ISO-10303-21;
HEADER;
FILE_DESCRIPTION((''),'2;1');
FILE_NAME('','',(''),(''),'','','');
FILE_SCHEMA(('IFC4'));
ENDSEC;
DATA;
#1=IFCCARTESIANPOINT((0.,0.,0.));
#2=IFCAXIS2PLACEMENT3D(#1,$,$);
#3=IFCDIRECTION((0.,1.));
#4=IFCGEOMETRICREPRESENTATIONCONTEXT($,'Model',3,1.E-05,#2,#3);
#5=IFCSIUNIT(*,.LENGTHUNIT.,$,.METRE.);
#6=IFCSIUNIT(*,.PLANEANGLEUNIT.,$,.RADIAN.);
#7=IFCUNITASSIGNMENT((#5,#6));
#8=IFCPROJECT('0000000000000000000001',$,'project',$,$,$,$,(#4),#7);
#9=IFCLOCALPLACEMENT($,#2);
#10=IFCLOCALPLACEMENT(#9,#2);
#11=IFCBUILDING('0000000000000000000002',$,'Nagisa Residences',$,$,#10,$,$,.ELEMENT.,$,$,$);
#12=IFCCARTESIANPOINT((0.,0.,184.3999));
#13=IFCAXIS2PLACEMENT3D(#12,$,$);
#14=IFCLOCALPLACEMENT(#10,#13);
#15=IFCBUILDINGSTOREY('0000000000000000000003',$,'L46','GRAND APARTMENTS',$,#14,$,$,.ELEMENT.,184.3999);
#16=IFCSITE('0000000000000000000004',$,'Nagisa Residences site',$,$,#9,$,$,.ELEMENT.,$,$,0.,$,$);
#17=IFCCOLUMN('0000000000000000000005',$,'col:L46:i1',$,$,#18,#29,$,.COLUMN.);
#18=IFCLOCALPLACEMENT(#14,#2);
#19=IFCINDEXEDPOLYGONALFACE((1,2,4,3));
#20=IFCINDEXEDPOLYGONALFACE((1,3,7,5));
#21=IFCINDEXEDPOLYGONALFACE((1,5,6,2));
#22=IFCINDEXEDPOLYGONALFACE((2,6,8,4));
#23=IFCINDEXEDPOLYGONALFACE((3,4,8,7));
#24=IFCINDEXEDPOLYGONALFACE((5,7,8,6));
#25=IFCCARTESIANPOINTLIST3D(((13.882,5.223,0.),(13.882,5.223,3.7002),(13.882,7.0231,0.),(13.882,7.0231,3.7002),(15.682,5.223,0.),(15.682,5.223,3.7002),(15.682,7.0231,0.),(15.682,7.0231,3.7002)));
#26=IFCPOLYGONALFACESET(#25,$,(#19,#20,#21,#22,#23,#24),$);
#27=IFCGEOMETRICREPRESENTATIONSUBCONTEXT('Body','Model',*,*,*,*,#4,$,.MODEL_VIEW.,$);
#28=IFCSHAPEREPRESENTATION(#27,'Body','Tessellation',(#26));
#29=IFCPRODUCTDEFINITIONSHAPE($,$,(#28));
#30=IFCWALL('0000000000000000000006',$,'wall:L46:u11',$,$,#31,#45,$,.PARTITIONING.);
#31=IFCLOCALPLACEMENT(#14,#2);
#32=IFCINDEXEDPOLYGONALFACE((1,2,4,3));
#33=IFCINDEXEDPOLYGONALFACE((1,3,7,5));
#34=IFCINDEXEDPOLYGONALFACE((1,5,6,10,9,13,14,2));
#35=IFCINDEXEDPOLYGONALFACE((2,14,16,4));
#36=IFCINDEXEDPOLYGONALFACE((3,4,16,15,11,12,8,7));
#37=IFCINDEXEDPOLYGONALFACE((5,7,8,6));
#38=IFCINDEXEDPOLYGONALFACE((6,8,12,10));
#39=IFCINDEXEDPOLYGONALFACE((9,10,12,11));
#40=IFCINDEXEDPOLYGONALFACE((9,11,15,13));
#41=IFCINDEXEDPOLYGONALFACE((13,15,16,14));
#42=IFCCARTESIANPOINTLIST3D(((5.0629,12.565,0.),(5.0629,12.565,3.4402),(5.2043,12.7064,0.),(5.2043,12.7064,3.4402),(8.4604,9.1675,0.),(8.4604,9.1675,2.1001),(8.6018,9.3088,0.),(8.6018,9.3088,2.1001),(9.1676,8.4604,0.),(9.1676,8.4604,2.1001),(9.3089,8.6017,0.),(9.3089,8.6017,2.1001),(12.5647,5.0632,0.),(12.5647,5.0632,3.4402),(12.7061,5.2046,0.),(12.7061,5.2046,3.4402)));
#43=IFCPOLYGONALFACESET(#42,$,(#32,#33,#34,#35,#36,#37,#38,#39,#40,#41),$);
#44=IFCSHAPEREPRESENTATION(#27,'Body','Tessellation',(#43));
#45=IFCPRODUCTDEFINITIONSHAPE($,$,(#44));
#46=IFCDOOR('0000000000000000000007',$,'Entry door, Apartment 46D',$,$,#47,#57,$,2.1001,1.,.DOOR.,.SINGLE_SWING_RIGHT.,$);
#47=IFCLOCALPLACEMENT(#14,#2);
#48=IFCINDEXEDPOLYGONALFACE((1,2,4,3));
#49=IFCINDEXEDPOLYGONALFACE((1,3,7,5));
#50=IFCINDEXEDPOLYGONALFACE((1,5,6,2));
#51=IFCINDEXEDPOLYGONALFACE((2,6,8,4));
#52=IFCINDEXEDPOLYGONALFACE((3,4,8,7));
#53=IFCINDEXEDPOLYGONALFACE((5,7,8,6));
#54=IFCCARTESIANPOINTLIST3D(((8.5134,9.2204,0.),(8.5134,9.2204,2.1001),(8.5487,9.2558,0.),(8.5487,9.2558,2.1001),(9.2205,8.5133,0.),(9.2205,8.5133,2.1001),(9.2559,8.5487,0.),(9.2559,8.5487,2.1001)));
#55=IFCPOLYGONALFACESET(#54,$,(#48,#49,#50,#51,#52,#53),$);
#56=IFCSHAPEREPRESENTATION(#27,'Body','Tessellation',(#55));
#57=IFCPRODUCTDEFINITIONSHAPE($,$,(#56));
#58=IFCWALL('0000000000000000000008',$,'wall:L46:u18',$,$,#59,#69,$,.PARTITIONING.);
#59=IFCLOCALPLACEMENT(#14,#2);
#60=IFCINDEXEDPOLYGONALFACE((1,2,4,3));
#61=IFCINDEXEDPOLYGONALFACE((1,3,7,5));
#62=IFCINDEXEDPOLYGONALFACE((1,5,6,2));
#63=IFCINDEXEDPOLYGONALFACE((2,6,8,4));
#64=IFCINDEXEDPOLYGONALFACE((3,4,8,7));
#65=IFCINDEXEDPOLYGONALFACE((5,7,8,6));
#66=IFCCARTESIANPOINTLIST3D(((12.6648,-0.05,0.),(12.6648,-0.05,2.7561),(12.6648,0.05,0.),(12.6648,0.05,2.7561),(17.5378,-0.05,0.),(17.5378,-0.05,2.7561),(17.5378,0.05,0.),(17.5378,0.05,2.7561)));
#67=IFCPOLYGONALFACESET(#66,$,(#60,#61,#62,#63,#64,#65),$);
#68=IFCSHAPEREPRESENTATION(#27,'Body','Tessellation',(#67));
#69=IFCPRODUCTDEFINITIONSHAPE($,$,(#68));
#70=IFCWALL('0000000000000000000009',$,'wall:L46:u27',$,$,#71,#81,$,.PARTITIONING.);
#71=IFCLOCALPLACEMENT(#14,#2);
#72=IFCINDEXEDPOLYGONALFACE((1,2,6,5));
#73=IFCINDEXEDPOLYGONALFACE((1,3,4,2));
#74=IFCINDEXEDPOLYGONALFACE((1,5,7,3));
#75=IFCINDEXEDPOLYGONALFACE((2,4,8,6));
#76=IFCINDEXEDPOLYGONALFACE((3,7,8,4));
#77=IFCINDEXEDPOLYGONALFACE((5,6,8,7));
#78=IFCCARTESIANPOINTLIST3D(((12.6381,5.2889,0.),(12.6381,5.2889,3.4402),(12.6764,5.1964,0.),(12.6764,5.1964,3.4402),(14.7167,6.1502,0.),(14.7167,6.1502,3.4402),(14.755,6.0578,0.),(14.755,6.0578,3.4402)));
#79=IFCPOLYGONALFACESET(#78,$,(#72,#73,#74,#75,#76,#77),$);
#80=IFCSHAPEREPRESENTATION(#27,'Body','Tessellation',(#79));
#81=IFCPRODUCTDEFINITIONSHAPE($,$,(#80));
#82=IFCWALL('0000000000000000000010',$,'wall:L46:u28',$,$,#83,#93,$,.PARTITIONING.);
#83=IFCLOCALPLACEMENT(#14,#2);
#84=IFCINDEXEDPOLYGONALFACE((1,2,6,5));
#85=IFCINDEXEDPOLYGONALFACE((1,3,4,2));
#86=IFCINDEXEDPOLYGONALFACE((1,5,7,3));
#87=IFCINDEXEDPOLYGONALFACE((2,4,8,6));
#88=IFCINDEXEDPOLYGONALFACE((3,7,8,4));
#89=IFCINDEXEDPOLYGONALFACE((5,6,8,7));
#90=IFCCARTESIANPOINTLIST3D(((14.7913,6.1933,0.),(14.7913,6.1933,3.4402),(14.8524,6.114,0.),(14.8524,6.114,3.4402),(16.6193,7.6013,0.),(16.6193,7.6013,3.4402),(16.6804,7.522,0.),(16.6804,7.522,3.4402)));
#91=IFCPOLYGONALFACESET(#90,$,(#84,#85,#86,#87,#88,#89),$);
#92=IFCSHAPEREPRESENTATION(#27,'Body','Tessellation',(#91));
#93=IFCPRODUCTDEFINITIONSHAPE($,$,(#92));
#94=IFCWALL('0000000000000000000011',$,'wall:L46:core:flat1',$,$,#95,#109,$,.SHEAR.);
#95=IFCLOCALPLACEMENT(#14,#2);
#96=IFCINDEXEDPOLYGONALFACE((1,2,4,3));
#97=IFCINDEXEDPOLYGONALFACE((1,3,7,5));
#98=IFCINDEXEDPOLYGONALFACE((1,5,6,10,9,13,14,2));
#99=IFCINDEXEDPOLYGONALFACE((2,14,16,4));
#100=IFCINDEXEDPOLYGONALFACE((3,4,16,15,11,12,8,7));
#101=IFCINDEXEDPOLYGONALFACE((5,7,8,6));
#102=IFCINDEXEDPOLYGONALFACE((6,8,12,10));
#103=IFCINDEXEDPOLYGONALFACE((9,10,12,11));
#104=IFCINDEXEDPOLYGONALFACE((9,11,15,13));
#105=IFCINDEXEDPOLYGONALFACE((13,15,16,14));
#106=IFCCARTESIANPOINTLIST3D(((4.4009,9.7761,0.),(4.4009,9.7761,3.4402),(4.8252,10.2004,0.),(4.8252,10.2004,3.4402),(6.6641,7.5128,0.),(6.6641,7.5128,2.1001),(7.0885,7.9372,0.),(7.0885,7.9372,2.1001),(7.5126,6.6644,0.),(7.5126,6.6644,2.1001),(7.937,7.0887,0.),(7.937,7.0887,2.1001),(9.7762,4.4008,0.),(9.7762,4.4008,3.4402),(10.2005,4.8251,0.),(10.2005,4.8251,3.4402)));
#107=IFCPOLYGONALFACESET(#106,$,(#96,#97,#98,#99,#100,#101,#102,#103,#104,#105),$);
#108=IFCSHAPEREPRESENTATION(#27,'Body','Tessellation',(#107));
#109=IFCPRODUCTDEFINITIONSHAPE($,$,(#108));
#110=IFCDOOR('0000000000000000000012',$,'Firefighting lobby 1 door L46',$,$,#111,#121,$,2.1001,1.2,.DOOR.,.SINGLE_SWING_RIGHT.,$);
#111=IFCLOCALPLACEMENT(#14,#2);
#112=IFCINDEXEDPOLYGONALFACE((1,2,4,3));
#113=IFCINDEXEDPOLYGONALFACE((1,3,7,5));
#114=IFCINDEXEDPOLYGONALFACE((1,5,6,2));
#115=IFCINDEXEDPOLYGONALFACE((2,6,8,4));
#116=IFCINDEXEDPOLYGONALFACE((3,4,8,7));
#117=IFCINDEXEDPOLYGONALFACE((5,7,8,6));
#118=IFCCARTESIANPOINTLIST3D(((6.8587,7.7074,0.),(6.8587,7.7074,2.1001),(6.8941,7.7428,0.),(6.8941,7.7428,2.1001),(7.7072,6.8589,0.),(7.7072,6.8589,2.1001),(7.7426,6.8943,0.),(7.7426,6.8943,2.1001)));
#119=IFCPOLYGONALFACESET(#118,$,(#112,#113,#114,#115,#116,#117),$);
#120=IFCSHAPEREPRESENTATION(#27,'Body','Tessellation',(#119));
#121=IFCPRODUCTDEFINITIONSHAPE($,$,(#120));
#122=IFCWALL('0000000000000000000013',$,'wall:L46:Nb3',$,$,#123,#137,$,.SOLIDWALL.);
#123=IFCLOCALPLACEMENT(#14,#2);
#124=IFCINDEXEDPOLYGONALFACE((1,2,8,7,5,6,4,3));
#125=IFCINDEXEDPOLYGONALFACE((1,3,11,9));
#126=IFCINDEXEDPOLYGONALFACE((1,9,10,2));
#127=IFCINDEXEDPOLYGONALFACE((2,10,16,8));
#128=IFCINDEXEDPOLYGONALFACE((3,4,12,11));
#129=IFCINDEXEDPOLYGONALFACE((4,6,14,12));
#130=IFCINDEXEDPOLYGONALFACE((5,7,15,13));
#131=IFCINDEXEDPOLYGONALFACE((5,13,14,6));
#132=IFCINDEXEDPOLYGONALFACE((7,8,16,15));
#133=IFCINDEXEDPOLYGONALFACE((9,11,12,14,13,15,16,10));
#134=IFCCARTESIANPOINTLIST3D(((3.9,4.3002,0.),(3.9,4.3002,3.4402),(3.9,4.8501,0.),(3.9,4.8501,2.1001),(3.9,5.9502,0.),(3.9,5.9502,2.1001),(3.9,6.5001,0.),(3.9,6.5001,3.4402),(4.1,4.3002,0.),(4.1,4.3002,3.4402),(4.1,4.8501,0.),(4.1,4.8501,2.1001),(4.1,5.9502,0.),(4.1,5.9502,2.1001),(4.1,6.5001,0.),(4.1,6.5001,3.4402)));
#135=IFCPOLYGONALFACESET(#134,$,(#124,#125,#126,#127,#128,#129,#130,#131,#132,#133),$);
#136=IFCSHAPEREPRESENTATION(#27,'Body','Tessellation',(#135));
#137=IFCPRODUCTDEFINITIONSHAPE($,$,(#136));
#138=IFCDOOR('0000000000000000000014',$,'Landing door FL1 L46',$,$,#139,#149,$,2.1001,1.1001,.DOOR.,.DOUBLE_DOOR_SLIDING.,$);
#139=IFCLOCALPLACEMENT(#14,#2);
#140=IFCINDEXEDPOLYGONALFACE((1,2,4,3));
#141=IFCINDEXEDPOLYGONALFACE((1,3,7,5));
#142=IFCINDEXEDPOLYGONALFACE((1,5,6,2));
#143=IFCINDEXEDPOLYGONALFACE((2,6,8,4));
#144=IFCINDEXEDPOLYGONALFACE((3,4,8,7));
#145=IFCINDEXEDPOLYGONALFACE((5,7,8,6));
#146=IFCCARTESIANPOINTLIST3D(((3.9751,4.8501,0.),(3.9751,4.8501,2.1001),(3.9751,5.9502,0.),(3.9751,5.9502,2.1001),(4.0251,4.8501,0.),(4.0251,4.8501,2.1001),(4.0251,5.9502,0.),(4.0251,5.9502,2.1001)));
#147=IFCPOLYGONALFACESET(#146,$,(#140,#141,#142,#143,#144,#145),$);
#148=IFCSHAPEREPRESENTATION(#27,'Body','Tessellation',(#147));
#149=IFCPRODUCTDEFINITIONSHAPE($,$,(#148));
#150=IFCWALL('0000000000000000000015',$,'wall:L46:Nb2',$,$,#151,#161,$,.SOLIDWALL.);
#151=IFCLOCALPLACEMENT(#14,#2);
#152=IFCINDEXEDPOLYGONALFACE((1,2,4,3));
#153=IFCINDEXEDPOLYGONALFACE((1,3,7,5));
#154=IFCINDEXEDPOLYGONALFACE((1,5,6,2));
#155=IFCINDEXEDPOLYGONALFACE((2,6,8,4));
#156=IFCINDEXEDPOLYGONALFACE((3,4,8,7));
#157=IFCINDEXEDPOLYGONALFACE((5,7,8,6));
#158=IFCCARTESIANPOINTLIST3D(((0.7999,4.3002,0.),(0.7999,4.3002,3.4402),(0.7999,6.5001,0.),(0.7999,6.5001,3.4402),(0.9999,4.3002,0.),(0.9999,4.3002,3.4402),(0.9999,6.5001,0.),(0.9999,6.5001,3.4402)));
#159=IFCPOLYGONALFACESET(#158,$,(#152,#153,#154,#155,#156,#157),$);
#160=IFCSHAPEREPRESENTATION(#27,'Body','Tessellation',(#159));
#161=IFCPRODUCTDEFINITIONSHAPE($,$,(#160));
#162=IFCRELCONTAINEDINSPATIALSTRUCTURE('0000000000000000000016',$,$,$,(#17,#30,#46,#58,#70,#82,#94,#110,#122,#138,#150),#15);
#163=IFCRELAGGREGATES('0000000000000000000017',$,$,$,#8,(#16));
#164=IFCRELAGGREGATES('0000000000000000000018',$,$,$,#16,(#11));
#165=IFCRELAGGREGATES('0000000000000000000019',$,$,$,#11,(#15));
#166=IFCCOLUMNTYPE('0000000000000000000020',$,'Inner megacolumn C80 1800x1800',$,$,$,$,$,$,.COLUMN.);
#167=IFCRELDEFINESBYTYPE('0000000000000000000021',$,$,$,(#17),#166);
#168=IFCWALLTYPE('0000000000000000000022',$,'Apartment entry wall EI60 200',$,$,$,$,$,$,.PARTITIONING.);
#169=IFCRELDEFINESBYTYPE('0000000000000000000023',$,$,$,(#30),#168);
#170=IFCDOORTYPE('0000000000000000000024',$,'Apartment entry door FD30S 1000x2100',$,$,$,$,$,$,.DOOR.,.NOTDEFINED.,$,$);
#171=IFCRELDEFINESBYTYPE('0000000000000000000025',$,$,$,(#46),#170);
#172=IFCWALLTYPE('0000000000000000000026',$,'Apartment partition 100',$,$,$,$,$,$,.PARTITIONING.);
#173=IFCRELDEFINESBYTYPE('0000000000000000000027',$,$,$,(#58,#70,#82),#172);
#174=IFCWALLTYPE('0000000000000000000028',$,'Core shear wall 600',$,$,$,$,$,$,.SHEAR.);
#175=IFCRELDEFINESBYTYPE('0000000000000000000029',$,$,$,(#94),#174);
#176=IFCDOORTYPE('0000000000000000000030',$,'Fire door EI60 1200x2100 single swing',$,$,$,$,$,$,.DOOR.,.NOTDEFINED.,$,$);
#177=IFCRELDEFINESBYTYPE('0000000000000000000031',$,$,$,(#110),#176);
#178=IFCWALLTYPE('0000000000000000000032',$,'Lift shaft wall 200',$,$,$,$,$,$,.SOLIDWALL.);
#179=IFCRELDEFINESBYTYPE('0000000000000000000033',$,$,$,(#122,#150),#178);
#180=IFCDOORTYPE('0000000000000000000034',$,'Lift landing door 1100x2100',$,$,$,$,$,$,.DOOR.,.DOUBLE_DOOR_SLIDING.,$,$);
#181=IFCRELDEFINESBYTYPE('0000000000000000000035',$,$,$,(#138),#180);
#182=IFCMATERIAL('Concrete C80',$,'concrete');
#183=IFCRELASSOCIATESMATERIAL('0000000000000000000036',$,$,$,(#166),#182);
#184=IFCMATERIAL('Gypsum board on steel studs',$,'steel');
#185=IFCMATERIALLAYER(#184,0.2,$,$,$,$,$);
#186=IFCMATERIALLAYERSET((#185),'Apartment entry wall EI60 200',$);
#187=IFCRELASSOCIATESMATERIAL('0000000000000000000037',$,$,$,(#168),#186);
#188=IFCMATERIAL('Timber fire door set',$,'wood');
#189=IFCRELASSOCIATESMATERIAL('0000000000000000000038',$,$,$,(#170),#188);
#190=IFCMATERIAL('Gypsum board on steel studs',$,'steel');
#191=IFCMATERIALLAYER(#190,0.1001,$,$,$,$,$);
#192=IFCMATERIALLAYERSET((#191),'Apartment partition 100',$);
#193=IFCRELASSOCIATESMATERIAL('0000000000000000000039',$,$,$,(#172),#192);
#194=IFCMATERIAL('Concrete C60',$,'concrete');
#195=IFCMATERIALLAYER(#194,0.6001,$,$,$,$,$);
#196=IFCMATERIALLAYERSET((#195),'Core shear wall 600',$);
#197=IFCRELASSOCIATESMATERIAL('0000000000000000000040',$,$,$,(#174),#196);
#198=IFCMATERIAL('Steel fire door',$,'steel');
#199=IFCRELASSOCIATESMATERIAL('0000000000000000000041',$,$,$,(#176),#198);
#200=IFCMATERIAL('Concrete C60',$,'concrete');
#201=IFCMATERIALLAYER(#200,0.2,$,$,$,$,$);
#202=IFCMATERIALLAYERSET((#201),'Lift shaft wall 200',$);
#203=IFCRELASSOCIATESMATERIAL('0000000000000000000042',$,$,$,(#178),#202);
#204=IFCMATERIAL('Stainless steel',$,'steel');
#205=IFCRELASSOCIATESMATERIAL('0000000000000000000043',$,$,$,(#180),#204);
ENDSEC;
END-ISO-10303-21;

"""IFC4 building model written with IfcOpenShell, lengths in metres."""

from ifc_helpers import new_model, si_unit, direction, frame, frame_2d, origin, origin_2d, place, context, subcontext, project, spatial, rectangle, extrude, material, layer, layer_set, material_profile, profile_set, type_object, element, fill, save


model = new_model("IFC4")

# Units and contexts
model_context = context("Model", 3, precision=1e-05, world=origin(), true_north=direction((0.0, 1.0)))
body_context = subcontext(model_context, "Body", "Model", "MODEL_VIEW")
ifc_project = project(units=[si_unit("LENGTHUNIT", "METRE"), si_unit("PLANEANGLEUNIT", "RADIAN")], contexts=[model_context])

# Site, building, storey
site_placement = place(None, origin())
site = spatial("IfcSite", under=ifc_project, at=site_placement, Name="Nagisa Residences site", CompositionType="ELEMENT", RefElevation=0.0)
building_placement = place(site_placement, origin())
building = spatial("IfcBuilding", under=site, at=building_placement, Name="Nagisa Residences", CompositionType="ELEMENT")
storey_placement = place(building_placement, frame((0.0, 0.0, 184.3999)))
storey = spatial("IfcBuildingStorey", under=building, at=storey_placement, Name="L46", Description="GRAND APARTMENTS", CompositionType="ELEMENT", Elevation=184.3999)

# Column
ifc_material_1 = material(Name="Concrete C80", Category="concrete")
ifc_material_profile = material_profile(ifc_material_1, rectangle(XDim=1.8, YDim=1.8, at=origin_2d()), Name="C80 1800x1800")
ifc_profile_set = profile_set([ifc_material_profile], Name="Concrete C80")
column_type = type_object("IfcColumnType", Name="Inner megacolumn C80 1800x1800", PredefinedType="COLUMN", material=ifc_profile_set)
column_placement = place(storey_placement, frame((14.782, 6.123, 0.0), z_axis=(0.0, 0.0, 1.0), x_axis=(1.0, 0.0, 0.0)))
element("IfcColumn", 1, at=column_placement, inside=storey, type_object=column_type, Name="col:L46:i1", PredefinedType="COLUMN", context=body_context, shape_type="SweptSolid", body=[
    extrude(rectangle(XDim=1.8, YDim=1.8, at=origin_2d()), origin(), (0.0, 0.0, 1.0), 3.7002),
])

# Wall, opening, door
ifc_material_2 = material(Name="Gypsum board on steel studs", Category="steel")
ifc_layer_1 = layer(ifc_material_2, 0.2)
ifc_layer_set_1 = layer_set([ifc_layer_1], Name="Apartment entry wall EI60 200")
wall_type_1 = type_object("IfcWallType", Name="Apartment entry wall EI60 200", PredefinedType="PARTITIONING", material=ifc_layer_set_1)
wall_1_placement = place(storey_placement, frame((12.6355, 5.1338, 0.0), z_axis=(0.0, 0.0, 1.0), x_axis=(-0.707107, 0.707107, 0.0)))
wall_1 = element("IfcWall", 2, at=wall_1_placement, inside=storey, type_object=wall_type_1, Name="wall:L46:u11", PredefinedType="PARTITIONING", context=body_context, shape_type="SweptSolid", body=[
    extrude(rectangle(XDim=10.6091, YDim=0.2, at=frame_2d((5.3047, 0.0))), origin(), (0.0, 0.0, 1.0), 3.4402),
])
opening_1_placement = place(wall_1_placement, frame((4.8044, 0.0, 0.0)))
opening_1 = element("IfcOpeningElement", 3, at=opening_1_placement, cuts=wall_1, PredefinedType="OPENING", context=body_context, shape_type="SweptSolid", body=[
    extrude(rectangle(XDim=1.0, YDim=2.1001, at=frame_2d((0.5, 1.05))), frame((0.0, 0.1099, 0.0), z_axis=(0.0, -1.0, 0.0), x_axis=(1.0, 0.0, 0.0)), (0.0, 0.0, 1.0), 0.22),
])
ifc_material_3 = material(Name="Timber fire door set", Category="wood")
door_type_1 = type_object("IfcDoorType", Name="Apartment entry door FD30S 1000x2100", OperationType="NOTDEFINED", PredefinedType="DOOR", material=ifc_material_3)
door_1_placement = place(opening_1_placement, frame((1.0, 0.0, 0.0), x_axis=(-1.0, 0.0, 0.0)))
door_1 = element("IfcDoor", 4, at=door_1_placement, inside=storey, type_object=door_type_1, Name="Entry door, Apartment 46D", OperationType="SINGLE_SWING_RIGHT", OverallHeight=2.1001, OverallWidth=1.0, PredefinedType="DOOR", context=body_context, shape_type="SweptSolid", body=[
    extrude(rectangle(XDim=1.0, YDim=2.1001, at=frame_2d((0.5, 1.05))), frame((0.0, 0.0249, 0.0), z_axis=(0.0, -1.0, 0.0), x_axis=(1.0, 0.0, 0.0)), (0.0, 0.0, 1.0), 0.05),
])
fill(opening_1, door_1)

# Walls
ifc_material_4 = material(Name="Gypsum board on steel studs", Category="steel")
ifc_layer_2 = layer(ifc_material_4, 0.1001)
ifc_layer_set_2 = layer_set([ifc_layer_2], Name="Apartment partition 100")
wall_type_2 = type_object("IfcWallType", Name="Apartment partition 100", PredefinedType="PARTITIONING", material=ifc_layer_set_2)
wall_2_placement = place(storey_placement, frame((12.6648, 0.0, 0.0), z_axis=(0.0, 0.0, 1.0), x_axis=(1.0, 0.0, 0.0)))
element("IfcWall", 5, at=wall_2_placement, inside=storey, type_object=wall_type_2, Name="wall:L46:u18", PredefinedType="PARTITIONING", context=body_context, shape_type="SweptSolid", body=[
    extrude(rectangle(XDim=4.873, YDim=0.1001, at=frame_2d((2.4365, 0.0))), origin(), (0.0, 0.0, 1.0), 2.7561),
])
wall_3_placement = place(storey_placement, frame((12.6572, 5.2427, 0.0), z_axis=(0.0, 0.0, 1.0), x_axis=(0.923826, 0.382812, 0.0)))
element("IfcWall", 6, at=wall_3_placement, inside=storey, type_object=wall_type_2, Name="wall:L46:u27", PredefinedType="PARTITIONING", context=body_context, shape_type="SweptSolid", body=[
    extrude(rectangle(XDim=2.25, YDim=0.1001, at=frame_2d((1.125, 0.0))), origin(), (0.0, 0.0, 1.0), 3.4402),
])
wall_4_placement = place(storey_placement, frame((14.8218, 6.1536, 0.0), z_axis=(0.0, 0.0, 1.0), x_axis=(0.792227, 0.610227, 0.0)))
element("IfcWall", 7, at=wall_4_placement, inside=storey, type_object=wall_type_2, Name="wall:L46:u28", PredefinedType="PARTITIONING", context=body_context, shape_type="SweptSolid", body=[
    extrude(rectangle(XDim=2.3074, YDim=0.1001, at=frame_2d((1.1538, 0.0))), origin(), (0.0, 0.0, 1.0), 3.4402),
])

# Walls, openings, doors
ifc_material_5 = material(Name="Concrete C60", Category="concrete")
ifc_layer_3 = layer(ifc_material_5, 0.6001)
ifc_layer_set_3 = layer_set([ifc_layer_3], Name="Core shear wall 600")
wall_type_3 = type_object("IfcWallType", Name="Core shear wall 600", PredefinedType="SHEAR", material=ifc_layer_set_3)
wall_5_placement = place(storey_placement, frame((9.9883, 4.613, 0.0), z_axis=(0.0, 0.0, 1.0), x_axis=(-0.707107, 0.707107, 0.0)))
wall_5 = element("IfcWall", 8, at=wall_5_placement, inside=storey, type_object=wall_type_3, Name="wall:L46:core:flat1", PredefinedType="SHEAR", context=body_context, shape_type="SweptSolid", body=[
    extrude(rectangle(XDim=7.6018, YDim=0.6001, at=frame_2d((3.8008, 0.0))), origin(), (0.0, 0.0, 1.0), 3.4402),
])
opening_2_placement = place(wall_5_placement, frame((3.2009, 0.0, 0.0)))
opening_2 = element("IfcOpeningElement", 9, at=opening_2_placement, cuts=wall_5, PredefinedType="OPENING", context=body_context, shape_type="SweptSolid", body=[
    extrude(rectangle(XDim=1.2, YDim=2.1001, at=frame_2d((0.6001, 1.05))), frame((0.0, 0.3101, 0.0), z_axis=(0.0, -1.0, 0.0), x_axis=(1.0, 0.0, 0.0)), (0.0, 0.0, 1.0), 0.6201),
])
ifc_material_6 = material(Name="Steel fire door", Category="steel")
door_type_2 = type_object("IfcDoorType", Name="Fire door EI60 1200x2100 single swing", OperationType="NOTDEFINED", PredefinedType="DOOR", material=ifc_material_6)
door_2_placement = place(opening_2_placement, origin())
door_2 = element("IfcDoor", 10, at=door_2_placement, inside=storey, type_object=door_type_2, Name="Firefighting lobby 1 door L46", OperationType="SINGLE_SWING_RIGHT", OverallHeight=2.1001, OverallWidth=1.2, PredefinedType="DOOR", context=body_context, shape_type="SweptSolid", body=[
    extrude(rectangle(XDim=1.2, YDim=2.1001, at=frame_2d((0.6001, 1.05))), frame((0.0, 0.0249, 0.0), z_axis=(0.0, -1.0, 0.0), x_axis=(1.0, 0.0, 0.0)), (0.0, 0.0, 1.0), 0.05),
])
fill(opening_2, door_2)
ifc_material_7 = material(Name="Concrete C60", Category="concrete")
ifc_layer_4 = layer(ifc_material_7, 0.2)
ifc_layer_set_4 = layer_set([ifc_layer_4], Name="Lift shaft wall 200")
wall_type_4 = type_object("IfcWallType", Name="Lift shaft wall 200", PredefinedType="SOLIDWALL", material=ifc_layer_set_4)
wall_6_placement = place(storey_placement, frame((4.0, 4.3, 0.0), z_axis=(0.0, 0.0, 1.0), x_axis=(0.0, 1.0, 0.0)))
wall_6 = element("IfcWall", 11, at=wall_6_placement, inside=storey, type_object=wall_type_4, Name="wall:L46:Nb3", PredefinedType="SOLIDWALL", context=body_context, shape_type="SweptSolid", body=[
    extrude(rectangle(XDim=2.2, YDim=0.2, at=frame_2d((1.1001, 0.0))), origin(), (0.0, 0.0, 1.0), 3.4402),
])
opening_3_placement = place(wall_6_placement, frame((0.55, 0.0, 0.0)))
opening_3 = element("IfcOpeningElement", 12, at=opening_3_placement, cuts=wall_6, PredefinedType="OPENING", context=body_context, shape_type="SweptSolid", body=[
    extrude(rectangle(XDim=1.1001, YDim=2.1001, at=frame_2d((0.55, 1.05))), frame((0.0, 0.1099, 0.0), z_axis=(0.0, -1.0, 0.0), x_axis=(1.0, 0.0, 0.0)), (0.0, 0.0, 1.0), 0.22),
])
ifc_material_8 = material(Name="Stainless steel", Category="steel")
door_type_3 = type_object("IfcDoorType", Name="Lift landing door 1100x2100", OperationType="DOUBLE_DOOR_SLIDING", PredefinedType="DOOR", material=ifc_material_8)
door_3_placement = place(opening_3_placement, origin())
door_3 = element("IfcDoor", 13, at=door_3_placement, inside=storey, type_object=door_type_3, Name="Landing door FL1 L46", OperationType="DOUBLE_DOOR_SLIDING", OverallHeight=2.1001, OverallWidth=1.1001, PredefinedType="DOOR", context=body_context, shape_type="SweptSolid", body=[
    extrude(rectangle(XDim=1.1001, YDim=2.1001, at=frame_2d((0.55, 1.05))), frame((0.0, 0.0249, 0.0), z_axis=(0.0, -1.0, 0.0), x_axis=(1.0, 0.0, 0.0)), (0.0, 0.0, 1.0), 0.05),
])
fill(opening_3, door_3)

# Wall
wall_7_placement = place(storey_placement, frame((0.8999, 4.3, 0.0), z_axis=(0.0, 0.0, 1.0), x_axis=(0.0, 1.0, 0.0)))
element("IfcWall", 14, at=wall_7_placement, inside=storey, type_object=wall_type_4, Name="wall:L46:Nb2", PredefinedType="SOLIDWALL", context=body_context, shape_type="SweptSolid", body=[
    extrude(rectangle(XDim=2.2, YDim=0.2, at=frame_2d((1.1001, 0.0))), origin(), (0.0, 0.0, 1.0), 3.4402),
])

save(model, "model.ifc")
